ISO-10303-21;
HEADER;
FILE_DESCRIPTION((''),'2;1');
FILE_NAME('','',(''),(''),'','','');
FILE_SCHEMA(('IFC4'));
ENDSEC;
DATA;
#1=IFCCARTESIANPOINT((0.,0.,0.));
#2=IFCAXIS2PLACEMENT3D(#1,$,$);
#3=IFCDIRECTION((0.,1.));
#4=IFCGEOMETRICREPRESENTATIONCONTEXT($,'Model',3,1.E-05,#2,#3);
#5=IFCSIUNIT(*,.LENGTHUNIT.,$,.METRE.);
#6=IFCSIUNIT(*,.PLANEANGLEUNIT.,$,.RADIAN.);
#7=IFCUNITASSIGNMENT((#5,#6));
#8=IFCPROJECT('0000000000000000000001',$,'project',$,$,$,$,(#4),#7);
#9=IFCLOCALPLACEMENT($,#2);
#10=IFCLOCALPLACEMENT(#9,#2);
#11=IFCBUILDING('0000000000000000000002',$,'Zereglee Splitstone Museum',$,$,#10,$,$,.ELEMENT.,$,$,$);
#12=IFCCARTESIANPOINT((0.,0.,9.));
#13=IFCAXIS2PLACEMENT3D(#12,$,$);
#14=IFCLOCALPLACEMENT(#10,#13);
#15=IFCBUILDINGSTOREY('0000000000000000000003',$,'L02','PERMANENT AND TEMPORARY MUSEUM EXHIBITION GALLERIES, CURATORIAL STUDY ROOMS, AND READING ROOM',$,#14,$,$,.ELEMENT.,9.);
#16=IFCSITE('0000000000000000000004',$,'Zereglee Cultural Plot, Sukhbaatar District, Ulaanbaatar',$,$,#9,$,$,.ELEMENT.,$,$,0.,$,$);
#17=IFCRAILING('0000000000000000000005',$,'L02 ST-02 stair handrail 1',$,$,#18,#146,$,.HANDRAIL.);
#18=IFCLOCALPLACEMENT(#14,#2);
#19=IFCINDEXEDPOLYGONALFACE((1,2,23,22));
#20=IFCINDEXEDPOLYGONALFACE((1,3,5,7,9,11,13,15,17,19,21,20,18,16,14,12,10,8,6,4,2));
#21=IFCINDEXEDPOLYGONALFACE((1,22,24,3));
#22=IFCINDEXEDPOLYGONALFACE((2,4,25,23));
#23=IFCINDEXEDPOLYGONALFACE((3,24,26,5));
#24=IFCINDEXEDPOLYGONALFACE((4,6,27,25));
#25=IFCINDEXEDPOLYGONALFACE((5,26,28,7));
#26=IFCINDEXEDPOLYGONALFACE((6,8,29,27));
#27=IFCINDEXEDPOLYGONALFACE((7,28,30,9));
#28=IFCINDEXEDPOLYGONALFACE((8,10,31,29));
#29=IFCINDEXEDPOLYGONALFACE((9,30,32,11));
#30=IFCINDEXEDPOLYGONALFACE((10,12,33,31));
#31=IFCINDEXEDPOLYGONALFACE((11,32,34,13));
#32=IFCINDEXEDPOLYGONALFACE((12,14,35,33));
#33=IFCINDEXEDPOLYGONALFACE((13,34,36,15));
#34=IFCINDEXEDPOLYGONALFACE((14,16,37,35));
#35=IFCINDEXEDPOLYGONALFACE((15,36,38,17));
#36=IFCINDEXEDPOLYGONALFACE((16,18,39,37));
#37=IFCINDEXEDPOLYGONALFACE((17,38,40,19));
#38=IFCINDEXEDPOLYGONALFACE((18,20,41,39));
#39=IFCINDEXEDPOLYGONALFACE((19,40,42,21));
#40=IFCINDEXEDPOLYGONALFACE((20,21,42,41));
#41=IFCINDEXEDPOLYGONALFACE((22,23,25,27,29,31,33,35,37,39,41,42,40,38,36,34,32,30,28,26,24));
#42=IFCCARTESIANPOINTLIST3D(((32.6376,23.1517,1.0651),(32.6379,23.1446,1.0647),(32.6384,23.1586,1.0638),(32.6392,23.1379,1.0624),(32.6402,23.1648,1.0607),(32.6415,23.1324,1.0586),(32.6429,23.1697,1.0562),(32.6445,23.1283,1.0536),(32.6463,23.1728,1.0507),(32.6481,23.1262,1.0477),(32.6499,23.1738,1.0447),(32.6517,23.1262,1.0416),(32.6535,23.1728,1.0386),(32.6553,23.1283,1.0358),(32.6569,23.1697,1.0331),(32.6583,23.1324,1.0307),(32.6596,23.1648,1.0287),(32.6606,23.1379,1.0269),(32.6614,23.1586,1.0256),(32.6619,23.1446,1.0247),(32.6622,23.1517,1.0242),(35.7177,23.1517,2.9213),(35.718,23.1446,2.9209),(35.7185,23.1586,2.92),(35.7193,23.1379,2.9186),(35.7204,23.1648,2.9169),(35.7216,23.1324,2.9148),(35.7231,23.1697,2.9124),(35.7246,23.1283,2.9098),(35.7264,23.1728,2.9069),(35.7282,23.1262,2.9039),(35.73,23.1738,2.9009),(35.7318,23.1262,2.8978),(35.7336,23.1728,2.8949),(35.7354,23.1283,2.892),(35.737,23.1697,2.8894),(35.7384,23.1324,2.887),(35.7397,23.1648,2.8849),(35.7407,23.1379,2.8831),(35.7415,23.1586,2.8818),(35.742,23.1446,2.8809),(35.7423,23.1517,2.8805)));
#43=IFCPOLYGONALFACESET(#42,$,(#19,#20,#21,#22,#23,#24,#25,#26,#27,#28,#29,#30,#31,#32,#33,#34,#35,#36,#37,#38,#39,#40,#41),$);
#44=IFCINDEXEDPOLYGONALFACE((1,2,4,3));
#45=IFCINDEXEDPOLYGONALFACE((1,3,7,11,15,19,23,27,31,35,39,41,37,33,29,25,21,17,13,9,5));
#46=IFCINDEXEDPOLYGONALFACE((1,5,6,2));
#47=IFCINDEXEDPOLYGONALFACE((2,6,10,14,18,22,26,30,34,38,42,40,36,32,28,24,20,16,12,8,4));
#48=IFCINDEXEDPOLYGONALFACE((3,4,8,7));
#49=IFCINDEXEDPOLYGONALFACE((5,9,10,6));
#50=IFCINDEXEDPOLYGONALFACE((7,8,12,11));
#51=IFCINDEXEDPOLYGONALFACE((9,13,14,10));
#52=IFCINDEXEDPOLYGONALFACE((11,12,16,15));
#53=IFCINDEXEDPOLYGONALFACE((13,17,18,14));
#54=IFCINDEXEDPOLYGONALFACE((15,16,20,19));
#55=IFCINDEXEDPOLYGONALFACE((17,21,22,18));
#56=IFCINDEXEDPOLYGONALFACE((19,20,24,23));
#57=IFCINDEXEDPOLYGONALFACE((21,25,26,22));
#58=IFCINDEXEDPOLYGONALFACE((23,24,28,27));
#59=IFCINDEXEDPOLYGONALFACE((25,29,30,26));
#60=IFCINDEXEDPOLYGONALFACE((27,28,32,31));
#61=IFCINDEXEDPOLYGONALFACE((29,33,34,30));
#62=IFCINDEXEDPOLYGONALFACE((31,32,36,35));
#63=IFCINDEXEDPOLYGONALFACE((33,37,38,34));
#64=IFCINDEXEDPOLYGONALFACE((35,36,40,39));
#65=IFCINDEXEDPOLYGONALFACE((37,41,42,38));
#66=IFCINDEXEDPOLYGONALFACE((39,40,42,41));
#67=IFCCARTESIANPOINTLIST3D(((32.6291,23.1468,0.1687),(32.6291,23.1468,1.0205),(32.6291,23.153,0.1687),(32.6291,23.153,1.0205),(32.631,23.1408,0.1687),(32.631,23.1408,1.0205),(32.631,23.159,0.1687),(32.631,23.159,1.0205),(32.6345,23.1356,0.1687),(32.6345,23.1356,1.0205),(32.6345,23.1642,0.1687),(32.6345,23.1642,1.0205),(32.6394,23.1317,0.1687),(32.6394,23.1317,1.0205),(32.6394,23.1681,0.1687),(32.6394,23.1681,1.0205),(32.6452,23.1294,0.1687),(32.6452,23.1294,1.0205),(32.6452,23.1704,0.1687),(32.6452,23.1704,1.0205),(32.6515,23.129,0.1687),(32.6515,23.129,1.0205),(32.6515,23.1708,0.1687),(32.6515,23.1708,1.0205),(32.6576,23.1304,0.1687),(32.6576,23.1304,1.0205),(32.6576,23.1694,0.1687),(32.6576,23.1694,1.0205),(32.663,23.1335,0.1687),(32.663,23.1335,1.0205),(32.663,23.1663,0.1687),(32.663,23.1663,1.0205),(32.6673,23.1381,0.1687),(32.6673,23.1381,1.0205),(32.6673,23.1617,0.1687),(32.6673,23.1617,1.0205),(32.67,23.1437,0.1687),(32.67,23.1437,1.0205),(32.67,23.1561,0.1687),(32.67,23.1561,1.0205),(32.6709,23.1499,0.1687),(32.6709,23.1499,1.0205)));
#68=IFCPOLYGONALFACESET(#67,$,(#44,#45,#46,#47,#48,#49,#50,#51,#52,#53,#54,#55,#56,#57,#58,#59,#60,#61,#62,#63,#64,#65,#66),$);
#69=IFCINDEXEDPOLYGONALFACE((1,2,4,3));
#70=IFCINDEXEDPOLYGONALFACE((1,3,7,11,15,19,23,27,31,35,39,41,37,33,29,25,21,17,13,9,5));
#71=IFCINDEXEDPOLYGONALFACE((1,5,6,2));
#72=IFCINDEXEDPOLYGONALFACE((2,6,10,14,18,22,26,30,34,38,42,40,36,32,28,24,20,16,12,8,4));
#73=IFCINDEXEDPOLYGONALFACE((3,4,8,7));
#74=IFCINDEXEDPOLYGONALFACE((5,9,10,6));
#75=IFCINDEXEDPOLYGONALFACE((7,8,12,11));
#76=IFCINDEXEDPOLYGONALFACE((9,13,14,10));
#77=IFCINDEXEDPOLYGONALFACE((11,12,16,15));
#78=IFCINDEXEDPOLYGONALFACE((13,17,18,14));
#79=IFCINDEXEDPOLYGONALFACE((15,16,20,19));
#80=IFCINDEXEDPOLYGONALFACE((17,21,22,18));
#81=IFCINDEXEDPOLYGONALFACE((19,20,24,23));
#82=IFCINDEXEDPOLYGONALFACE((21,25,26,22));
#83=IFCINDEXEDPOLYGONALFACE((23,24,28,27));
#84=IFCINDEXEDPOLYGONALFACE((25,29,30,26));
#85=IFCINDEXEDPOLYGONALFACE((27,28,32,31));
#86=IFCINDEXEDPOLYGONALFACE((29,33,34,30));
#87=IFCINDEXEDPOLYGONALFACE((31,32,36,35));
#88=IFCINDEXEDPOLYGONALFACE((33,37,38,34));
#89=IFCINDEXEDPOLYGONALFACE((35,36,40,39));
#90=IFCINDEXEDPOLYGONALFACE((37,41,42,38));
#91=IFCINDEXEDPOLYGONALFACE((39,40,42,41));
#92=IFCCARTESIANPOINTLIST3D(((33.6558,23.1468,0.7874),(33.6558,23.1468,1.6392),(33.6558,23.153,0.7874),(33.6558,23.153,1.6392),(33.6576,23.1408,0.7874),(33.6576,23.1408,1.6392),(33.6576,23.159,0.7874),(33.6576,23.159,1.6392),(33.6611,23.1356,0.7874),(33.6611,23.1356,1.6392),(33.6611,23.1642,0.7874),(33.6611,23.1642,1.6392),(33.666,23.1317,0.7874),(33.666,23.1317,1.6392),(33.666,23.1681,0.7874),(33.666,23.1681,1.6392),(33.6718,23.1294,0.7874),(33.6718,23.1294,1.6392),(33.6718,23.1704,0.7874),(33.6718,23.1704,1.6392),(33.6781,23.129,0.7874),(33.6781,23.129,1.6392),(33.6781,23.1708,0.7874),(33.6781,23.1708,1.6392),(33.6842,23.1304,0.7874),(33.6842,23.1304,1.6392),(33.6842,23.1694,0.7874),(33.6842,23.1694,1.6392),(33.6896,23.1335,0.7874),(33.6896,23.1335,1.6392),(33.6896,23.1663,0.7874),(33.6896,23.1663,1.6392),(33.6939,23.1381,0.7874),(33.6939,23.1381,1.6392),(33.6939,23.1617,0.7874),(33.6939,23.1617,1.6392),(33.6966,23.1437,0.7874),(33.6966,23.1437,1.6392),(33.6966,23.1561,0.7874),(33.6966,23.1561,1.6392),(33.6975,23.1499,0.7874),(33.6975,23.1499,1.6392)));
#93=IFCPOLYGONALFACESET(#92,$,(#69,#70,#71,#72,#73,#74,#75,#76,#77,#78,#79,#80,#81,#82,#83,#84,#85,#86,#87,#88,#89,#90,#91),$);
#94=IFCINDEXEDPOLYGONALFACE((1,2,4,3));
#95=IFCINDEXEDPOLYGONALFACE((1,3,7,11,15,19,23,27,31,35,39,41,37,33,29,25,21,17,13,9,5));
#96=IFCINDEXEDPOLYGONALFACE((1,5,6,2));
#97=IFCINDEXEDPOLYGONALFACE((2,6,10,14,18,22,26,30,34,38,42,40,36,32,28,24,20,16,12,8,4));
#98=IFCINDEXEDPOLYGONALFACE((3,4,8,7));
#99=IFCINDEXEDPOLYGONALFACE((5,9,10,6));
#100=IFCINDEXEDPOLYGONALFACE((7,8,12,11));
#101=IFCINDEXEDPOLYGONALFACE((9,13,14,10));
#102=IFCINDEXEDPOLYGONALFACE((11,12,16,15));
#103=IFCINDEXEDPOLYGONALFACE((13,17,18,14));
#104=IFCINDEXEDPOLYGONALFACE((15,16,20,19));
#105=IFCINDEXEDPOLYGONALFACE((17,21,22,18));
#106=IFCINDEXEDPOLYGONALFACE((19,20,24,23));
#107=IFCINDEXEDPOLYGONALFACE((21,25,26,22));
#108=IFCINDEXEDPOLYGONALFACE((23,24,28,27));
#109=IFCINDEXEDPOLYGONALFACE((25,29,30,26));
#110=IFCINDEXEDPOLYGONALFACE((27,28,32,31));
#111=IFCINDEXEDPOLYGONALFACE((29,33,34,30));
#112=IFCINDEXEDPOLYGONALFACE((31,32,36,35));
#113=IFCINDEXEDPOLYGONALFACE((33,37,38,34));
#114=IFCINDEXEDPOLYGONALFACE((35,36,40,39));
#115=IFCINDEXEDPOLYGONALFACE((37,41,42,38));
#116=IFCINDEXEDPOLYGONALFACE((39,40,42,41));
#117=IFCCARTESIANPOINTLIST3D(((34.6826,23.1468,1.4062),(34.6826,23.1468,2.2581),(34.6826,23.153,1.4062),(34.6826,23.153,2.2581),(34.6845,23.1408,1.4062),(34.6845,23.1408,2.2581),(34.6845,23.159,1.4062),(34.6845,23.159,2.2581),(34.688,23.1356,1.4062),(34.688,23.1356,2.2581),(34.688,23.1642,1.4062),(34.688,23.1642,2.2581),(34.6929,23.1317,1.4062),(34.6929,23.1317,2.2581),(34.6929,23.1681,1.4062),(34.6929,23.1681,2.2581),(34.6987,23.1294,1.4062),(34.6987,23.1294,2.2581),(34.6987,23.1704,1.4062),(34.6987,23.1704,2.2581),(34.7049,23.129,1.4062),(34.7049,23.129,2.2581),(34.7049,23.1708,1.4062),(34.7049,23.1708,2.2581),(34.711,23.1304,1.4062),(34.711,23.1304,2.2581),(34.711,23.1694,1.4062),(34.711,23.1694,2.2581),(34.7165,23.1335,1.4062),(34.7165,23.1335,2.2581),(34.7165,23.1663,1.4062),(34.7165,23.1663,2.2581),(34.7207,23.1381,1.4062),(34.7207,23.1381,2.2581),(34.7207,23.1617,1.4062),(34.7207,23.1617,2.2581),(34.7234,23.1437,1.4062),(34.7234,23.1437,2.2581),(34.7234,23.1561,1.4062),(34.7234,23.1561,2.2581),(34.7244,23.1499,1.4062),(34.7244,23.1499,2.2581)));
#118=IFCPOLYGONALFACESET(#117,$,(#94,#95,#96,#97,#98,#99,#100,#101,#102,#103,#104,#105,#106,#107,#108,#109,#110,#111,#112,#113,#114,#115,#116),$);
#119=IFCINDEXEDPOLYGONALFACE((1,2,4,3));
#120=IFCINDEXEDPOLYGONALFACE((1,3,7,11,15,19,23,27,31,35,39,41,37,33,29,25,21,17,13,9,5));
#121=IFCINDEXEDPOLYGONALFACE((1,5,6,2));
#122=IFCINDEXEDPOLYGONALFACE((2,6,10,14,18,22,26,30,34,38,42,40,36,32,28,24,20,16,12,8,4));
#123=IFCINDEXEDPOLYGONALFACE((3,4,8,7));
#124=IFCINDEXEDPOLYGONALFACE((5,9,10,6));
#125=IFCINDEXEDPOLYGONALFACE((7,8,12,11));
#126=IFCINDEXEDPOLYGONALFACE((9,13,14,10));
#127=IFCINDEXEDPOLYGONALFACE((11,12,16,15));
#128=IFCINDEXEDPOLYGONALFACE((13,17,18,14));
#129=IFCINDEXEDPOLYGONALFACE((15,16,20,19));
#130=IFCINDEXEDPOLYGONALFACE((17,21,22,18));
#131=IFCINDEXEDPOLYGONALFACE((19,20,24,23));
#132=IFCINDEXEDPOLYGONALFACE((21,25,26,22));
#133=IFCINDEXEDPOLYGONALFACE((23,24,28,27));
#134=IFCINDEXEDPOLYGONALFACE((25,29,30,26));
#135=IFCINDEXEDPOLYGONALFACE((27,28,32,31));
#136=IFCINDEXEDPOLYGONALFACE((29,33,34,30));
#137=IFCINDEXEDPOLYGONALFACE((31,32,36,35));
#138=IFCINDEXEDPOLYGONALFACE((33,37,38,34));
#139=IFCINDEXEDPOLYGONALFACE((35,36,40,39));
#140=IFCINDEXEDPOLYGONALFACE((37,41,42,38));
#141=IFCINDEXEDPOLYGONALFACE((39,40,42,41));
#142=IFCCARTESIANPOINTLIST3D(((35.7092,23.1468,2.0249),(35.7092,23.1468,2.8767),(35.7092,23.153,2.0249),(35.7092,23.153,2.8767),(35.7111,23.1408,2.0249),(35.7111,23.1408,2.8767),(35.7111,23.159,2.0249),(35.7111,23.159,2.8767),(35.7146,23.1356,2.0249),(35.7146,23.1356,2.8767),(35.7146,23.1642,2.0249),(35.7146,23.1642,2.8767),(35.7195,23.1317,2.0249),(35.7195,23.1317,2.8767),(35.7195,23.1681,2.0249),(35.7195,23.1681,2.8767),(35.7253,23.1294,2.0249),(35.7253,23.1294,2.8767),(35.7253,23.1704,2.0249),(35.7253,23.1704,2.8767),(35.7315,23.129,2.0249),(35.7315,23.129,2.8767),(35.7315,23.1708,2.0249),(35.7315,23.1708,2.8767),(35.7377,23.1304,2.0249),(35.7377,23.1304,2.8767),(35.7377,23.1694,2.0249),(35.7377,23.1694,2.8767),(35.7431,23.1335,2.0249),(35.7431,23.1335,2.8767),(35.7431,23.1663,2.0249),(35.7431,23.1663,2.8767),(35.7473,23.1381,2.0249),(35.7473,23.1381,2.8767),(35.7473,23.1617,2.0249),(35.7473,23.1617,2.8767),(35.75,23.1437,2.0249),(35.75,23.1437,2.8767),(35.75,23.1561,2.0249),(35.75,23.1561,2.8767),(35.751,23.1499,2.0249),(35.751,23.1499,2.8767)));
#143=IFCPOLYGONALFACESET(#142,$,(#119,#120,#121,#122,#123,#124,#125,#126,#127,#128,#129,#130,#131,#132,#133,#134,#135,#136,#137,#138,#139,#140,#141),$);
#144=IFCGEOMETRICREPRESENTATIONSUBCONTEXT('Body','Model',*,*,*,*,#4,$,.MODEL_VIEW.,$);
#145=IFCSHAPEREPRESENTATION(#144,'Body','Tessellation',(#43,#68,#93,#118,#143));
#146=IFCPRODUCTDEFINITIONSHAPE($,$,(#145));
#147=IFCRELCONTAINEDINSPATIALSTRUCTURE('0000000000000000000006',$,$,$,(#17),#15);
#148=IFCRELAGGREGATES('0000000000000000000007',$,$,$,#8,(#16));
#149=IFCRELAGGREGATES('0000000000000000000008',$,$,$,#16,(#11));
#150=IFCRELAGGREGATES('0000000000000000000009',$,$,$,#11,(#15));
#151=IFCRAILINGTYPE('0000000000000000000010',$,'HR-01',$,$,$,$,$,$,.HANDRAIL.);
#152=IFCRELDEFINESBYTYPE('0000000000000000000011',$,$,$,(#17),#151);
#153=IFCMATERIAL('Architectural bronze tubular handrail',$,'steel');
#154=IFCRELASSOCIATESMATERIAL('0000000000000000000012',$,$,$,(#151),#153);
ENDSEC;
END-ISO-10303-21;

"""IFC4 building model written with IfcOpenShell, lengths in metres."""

from ifc_helpers import new_model, si_unit, direction, frame, origin, origin_2d, place, context, subcontext, project, spatial, circle, extrude, material, type_object, element, save


model = new_model("IFC4")

# Units and contexts
model_context = context("Model", 3, precision=1e-05, world=origin(), true_north=direction((0.0, 1.0)))
body_context = subcontext(model_context, "Body", "Model", "MODEL_VIEW")
ifc_project = project(units=[si_unit("LENGTHUNIT", "METRE"), si_unit("PLANEANGLEUNIT", "RADIAN")], contexts=[model_context])

# Site, building, storey
site_placement = place(None, origin())
site = spatial("IfcSite", under=ifc_project, at=site_placement, Name="Zereglee Cultural Plot, Sukhbaatar District, Ulaanbaatar", CompositionType="ELEMENT", RefElevation=0.0)
building_placement = place(site_placement, origin())
building = spatial("IfcBuilding", under=site, at=building_placement, Name="Zereglee Splitstone Museum", CompositionType="ELEMENT")
storey_placement = place(building_placement, frame((0.0, 0.0, 9.0)))
storey = spatial("IfcBuildingStorey", under=building, at=storey_placement, Name="L02", Description="PERMANENT AND TEMPORARY MUSEUM EXHIBITION GALLERIES, CURATORIAL STUDY ROOMS, AND READING ROOM", CompositionType="ELEMENT", Elevation=9.0)

# Railing
ifc_material_1 = material(Name="Architectural bronze tubular handrail", Category="steel")
railing_type_1 = type_object("IfcRailingType", Name="HR-01", PredefinedType="HANDRAIL", material=ifc_material_1)
railing_1_placement = place(storey_placement, frame((32.6499, 23.1499, 0.1687)))
element("IfcRailing", 1, at=railing_1_placement, inside=storey, type_object=railing_type_1, Name="L02 ST-02 stair handrail 1", PredefinedType="HANDRAIL", context=body_context, shape_type="SweptSolid", body=[
    extrude(circle(Radius=0.0239, at=origin_2d()), frame((0.0, 0.0, 0.876), z_axis=(0.856491, 0.0, 0.516162), x_axis=(0.0, 1.0, 0.0)), (0.0, 0.0, 1.0), 3.5962),
    extrude(circle(Radius=0.021, at=origin_2d()), origin(), (0.0, 0.0, 1.0), 0.8518),
    extrude(circle(Radius=0.021, at=origin_2d()), frame((1.0266, 0.0, 0.6187)), (0.0, 0.0, 1.0), 0.8518),
    extrude(circle(Radius=0.021, at=origin_2d()), frame((2.0535, 0.0, 1.2375)), (0.0, 0.0, 1.0), 0.8518),
    extrude(circle(Radius=0.021, at=origin_2d()), frame((3.0801, 0.0, 1.8562)), (0.0, 0.0, 1.0), 0.8518),
])

save(model, "model.ifc")
